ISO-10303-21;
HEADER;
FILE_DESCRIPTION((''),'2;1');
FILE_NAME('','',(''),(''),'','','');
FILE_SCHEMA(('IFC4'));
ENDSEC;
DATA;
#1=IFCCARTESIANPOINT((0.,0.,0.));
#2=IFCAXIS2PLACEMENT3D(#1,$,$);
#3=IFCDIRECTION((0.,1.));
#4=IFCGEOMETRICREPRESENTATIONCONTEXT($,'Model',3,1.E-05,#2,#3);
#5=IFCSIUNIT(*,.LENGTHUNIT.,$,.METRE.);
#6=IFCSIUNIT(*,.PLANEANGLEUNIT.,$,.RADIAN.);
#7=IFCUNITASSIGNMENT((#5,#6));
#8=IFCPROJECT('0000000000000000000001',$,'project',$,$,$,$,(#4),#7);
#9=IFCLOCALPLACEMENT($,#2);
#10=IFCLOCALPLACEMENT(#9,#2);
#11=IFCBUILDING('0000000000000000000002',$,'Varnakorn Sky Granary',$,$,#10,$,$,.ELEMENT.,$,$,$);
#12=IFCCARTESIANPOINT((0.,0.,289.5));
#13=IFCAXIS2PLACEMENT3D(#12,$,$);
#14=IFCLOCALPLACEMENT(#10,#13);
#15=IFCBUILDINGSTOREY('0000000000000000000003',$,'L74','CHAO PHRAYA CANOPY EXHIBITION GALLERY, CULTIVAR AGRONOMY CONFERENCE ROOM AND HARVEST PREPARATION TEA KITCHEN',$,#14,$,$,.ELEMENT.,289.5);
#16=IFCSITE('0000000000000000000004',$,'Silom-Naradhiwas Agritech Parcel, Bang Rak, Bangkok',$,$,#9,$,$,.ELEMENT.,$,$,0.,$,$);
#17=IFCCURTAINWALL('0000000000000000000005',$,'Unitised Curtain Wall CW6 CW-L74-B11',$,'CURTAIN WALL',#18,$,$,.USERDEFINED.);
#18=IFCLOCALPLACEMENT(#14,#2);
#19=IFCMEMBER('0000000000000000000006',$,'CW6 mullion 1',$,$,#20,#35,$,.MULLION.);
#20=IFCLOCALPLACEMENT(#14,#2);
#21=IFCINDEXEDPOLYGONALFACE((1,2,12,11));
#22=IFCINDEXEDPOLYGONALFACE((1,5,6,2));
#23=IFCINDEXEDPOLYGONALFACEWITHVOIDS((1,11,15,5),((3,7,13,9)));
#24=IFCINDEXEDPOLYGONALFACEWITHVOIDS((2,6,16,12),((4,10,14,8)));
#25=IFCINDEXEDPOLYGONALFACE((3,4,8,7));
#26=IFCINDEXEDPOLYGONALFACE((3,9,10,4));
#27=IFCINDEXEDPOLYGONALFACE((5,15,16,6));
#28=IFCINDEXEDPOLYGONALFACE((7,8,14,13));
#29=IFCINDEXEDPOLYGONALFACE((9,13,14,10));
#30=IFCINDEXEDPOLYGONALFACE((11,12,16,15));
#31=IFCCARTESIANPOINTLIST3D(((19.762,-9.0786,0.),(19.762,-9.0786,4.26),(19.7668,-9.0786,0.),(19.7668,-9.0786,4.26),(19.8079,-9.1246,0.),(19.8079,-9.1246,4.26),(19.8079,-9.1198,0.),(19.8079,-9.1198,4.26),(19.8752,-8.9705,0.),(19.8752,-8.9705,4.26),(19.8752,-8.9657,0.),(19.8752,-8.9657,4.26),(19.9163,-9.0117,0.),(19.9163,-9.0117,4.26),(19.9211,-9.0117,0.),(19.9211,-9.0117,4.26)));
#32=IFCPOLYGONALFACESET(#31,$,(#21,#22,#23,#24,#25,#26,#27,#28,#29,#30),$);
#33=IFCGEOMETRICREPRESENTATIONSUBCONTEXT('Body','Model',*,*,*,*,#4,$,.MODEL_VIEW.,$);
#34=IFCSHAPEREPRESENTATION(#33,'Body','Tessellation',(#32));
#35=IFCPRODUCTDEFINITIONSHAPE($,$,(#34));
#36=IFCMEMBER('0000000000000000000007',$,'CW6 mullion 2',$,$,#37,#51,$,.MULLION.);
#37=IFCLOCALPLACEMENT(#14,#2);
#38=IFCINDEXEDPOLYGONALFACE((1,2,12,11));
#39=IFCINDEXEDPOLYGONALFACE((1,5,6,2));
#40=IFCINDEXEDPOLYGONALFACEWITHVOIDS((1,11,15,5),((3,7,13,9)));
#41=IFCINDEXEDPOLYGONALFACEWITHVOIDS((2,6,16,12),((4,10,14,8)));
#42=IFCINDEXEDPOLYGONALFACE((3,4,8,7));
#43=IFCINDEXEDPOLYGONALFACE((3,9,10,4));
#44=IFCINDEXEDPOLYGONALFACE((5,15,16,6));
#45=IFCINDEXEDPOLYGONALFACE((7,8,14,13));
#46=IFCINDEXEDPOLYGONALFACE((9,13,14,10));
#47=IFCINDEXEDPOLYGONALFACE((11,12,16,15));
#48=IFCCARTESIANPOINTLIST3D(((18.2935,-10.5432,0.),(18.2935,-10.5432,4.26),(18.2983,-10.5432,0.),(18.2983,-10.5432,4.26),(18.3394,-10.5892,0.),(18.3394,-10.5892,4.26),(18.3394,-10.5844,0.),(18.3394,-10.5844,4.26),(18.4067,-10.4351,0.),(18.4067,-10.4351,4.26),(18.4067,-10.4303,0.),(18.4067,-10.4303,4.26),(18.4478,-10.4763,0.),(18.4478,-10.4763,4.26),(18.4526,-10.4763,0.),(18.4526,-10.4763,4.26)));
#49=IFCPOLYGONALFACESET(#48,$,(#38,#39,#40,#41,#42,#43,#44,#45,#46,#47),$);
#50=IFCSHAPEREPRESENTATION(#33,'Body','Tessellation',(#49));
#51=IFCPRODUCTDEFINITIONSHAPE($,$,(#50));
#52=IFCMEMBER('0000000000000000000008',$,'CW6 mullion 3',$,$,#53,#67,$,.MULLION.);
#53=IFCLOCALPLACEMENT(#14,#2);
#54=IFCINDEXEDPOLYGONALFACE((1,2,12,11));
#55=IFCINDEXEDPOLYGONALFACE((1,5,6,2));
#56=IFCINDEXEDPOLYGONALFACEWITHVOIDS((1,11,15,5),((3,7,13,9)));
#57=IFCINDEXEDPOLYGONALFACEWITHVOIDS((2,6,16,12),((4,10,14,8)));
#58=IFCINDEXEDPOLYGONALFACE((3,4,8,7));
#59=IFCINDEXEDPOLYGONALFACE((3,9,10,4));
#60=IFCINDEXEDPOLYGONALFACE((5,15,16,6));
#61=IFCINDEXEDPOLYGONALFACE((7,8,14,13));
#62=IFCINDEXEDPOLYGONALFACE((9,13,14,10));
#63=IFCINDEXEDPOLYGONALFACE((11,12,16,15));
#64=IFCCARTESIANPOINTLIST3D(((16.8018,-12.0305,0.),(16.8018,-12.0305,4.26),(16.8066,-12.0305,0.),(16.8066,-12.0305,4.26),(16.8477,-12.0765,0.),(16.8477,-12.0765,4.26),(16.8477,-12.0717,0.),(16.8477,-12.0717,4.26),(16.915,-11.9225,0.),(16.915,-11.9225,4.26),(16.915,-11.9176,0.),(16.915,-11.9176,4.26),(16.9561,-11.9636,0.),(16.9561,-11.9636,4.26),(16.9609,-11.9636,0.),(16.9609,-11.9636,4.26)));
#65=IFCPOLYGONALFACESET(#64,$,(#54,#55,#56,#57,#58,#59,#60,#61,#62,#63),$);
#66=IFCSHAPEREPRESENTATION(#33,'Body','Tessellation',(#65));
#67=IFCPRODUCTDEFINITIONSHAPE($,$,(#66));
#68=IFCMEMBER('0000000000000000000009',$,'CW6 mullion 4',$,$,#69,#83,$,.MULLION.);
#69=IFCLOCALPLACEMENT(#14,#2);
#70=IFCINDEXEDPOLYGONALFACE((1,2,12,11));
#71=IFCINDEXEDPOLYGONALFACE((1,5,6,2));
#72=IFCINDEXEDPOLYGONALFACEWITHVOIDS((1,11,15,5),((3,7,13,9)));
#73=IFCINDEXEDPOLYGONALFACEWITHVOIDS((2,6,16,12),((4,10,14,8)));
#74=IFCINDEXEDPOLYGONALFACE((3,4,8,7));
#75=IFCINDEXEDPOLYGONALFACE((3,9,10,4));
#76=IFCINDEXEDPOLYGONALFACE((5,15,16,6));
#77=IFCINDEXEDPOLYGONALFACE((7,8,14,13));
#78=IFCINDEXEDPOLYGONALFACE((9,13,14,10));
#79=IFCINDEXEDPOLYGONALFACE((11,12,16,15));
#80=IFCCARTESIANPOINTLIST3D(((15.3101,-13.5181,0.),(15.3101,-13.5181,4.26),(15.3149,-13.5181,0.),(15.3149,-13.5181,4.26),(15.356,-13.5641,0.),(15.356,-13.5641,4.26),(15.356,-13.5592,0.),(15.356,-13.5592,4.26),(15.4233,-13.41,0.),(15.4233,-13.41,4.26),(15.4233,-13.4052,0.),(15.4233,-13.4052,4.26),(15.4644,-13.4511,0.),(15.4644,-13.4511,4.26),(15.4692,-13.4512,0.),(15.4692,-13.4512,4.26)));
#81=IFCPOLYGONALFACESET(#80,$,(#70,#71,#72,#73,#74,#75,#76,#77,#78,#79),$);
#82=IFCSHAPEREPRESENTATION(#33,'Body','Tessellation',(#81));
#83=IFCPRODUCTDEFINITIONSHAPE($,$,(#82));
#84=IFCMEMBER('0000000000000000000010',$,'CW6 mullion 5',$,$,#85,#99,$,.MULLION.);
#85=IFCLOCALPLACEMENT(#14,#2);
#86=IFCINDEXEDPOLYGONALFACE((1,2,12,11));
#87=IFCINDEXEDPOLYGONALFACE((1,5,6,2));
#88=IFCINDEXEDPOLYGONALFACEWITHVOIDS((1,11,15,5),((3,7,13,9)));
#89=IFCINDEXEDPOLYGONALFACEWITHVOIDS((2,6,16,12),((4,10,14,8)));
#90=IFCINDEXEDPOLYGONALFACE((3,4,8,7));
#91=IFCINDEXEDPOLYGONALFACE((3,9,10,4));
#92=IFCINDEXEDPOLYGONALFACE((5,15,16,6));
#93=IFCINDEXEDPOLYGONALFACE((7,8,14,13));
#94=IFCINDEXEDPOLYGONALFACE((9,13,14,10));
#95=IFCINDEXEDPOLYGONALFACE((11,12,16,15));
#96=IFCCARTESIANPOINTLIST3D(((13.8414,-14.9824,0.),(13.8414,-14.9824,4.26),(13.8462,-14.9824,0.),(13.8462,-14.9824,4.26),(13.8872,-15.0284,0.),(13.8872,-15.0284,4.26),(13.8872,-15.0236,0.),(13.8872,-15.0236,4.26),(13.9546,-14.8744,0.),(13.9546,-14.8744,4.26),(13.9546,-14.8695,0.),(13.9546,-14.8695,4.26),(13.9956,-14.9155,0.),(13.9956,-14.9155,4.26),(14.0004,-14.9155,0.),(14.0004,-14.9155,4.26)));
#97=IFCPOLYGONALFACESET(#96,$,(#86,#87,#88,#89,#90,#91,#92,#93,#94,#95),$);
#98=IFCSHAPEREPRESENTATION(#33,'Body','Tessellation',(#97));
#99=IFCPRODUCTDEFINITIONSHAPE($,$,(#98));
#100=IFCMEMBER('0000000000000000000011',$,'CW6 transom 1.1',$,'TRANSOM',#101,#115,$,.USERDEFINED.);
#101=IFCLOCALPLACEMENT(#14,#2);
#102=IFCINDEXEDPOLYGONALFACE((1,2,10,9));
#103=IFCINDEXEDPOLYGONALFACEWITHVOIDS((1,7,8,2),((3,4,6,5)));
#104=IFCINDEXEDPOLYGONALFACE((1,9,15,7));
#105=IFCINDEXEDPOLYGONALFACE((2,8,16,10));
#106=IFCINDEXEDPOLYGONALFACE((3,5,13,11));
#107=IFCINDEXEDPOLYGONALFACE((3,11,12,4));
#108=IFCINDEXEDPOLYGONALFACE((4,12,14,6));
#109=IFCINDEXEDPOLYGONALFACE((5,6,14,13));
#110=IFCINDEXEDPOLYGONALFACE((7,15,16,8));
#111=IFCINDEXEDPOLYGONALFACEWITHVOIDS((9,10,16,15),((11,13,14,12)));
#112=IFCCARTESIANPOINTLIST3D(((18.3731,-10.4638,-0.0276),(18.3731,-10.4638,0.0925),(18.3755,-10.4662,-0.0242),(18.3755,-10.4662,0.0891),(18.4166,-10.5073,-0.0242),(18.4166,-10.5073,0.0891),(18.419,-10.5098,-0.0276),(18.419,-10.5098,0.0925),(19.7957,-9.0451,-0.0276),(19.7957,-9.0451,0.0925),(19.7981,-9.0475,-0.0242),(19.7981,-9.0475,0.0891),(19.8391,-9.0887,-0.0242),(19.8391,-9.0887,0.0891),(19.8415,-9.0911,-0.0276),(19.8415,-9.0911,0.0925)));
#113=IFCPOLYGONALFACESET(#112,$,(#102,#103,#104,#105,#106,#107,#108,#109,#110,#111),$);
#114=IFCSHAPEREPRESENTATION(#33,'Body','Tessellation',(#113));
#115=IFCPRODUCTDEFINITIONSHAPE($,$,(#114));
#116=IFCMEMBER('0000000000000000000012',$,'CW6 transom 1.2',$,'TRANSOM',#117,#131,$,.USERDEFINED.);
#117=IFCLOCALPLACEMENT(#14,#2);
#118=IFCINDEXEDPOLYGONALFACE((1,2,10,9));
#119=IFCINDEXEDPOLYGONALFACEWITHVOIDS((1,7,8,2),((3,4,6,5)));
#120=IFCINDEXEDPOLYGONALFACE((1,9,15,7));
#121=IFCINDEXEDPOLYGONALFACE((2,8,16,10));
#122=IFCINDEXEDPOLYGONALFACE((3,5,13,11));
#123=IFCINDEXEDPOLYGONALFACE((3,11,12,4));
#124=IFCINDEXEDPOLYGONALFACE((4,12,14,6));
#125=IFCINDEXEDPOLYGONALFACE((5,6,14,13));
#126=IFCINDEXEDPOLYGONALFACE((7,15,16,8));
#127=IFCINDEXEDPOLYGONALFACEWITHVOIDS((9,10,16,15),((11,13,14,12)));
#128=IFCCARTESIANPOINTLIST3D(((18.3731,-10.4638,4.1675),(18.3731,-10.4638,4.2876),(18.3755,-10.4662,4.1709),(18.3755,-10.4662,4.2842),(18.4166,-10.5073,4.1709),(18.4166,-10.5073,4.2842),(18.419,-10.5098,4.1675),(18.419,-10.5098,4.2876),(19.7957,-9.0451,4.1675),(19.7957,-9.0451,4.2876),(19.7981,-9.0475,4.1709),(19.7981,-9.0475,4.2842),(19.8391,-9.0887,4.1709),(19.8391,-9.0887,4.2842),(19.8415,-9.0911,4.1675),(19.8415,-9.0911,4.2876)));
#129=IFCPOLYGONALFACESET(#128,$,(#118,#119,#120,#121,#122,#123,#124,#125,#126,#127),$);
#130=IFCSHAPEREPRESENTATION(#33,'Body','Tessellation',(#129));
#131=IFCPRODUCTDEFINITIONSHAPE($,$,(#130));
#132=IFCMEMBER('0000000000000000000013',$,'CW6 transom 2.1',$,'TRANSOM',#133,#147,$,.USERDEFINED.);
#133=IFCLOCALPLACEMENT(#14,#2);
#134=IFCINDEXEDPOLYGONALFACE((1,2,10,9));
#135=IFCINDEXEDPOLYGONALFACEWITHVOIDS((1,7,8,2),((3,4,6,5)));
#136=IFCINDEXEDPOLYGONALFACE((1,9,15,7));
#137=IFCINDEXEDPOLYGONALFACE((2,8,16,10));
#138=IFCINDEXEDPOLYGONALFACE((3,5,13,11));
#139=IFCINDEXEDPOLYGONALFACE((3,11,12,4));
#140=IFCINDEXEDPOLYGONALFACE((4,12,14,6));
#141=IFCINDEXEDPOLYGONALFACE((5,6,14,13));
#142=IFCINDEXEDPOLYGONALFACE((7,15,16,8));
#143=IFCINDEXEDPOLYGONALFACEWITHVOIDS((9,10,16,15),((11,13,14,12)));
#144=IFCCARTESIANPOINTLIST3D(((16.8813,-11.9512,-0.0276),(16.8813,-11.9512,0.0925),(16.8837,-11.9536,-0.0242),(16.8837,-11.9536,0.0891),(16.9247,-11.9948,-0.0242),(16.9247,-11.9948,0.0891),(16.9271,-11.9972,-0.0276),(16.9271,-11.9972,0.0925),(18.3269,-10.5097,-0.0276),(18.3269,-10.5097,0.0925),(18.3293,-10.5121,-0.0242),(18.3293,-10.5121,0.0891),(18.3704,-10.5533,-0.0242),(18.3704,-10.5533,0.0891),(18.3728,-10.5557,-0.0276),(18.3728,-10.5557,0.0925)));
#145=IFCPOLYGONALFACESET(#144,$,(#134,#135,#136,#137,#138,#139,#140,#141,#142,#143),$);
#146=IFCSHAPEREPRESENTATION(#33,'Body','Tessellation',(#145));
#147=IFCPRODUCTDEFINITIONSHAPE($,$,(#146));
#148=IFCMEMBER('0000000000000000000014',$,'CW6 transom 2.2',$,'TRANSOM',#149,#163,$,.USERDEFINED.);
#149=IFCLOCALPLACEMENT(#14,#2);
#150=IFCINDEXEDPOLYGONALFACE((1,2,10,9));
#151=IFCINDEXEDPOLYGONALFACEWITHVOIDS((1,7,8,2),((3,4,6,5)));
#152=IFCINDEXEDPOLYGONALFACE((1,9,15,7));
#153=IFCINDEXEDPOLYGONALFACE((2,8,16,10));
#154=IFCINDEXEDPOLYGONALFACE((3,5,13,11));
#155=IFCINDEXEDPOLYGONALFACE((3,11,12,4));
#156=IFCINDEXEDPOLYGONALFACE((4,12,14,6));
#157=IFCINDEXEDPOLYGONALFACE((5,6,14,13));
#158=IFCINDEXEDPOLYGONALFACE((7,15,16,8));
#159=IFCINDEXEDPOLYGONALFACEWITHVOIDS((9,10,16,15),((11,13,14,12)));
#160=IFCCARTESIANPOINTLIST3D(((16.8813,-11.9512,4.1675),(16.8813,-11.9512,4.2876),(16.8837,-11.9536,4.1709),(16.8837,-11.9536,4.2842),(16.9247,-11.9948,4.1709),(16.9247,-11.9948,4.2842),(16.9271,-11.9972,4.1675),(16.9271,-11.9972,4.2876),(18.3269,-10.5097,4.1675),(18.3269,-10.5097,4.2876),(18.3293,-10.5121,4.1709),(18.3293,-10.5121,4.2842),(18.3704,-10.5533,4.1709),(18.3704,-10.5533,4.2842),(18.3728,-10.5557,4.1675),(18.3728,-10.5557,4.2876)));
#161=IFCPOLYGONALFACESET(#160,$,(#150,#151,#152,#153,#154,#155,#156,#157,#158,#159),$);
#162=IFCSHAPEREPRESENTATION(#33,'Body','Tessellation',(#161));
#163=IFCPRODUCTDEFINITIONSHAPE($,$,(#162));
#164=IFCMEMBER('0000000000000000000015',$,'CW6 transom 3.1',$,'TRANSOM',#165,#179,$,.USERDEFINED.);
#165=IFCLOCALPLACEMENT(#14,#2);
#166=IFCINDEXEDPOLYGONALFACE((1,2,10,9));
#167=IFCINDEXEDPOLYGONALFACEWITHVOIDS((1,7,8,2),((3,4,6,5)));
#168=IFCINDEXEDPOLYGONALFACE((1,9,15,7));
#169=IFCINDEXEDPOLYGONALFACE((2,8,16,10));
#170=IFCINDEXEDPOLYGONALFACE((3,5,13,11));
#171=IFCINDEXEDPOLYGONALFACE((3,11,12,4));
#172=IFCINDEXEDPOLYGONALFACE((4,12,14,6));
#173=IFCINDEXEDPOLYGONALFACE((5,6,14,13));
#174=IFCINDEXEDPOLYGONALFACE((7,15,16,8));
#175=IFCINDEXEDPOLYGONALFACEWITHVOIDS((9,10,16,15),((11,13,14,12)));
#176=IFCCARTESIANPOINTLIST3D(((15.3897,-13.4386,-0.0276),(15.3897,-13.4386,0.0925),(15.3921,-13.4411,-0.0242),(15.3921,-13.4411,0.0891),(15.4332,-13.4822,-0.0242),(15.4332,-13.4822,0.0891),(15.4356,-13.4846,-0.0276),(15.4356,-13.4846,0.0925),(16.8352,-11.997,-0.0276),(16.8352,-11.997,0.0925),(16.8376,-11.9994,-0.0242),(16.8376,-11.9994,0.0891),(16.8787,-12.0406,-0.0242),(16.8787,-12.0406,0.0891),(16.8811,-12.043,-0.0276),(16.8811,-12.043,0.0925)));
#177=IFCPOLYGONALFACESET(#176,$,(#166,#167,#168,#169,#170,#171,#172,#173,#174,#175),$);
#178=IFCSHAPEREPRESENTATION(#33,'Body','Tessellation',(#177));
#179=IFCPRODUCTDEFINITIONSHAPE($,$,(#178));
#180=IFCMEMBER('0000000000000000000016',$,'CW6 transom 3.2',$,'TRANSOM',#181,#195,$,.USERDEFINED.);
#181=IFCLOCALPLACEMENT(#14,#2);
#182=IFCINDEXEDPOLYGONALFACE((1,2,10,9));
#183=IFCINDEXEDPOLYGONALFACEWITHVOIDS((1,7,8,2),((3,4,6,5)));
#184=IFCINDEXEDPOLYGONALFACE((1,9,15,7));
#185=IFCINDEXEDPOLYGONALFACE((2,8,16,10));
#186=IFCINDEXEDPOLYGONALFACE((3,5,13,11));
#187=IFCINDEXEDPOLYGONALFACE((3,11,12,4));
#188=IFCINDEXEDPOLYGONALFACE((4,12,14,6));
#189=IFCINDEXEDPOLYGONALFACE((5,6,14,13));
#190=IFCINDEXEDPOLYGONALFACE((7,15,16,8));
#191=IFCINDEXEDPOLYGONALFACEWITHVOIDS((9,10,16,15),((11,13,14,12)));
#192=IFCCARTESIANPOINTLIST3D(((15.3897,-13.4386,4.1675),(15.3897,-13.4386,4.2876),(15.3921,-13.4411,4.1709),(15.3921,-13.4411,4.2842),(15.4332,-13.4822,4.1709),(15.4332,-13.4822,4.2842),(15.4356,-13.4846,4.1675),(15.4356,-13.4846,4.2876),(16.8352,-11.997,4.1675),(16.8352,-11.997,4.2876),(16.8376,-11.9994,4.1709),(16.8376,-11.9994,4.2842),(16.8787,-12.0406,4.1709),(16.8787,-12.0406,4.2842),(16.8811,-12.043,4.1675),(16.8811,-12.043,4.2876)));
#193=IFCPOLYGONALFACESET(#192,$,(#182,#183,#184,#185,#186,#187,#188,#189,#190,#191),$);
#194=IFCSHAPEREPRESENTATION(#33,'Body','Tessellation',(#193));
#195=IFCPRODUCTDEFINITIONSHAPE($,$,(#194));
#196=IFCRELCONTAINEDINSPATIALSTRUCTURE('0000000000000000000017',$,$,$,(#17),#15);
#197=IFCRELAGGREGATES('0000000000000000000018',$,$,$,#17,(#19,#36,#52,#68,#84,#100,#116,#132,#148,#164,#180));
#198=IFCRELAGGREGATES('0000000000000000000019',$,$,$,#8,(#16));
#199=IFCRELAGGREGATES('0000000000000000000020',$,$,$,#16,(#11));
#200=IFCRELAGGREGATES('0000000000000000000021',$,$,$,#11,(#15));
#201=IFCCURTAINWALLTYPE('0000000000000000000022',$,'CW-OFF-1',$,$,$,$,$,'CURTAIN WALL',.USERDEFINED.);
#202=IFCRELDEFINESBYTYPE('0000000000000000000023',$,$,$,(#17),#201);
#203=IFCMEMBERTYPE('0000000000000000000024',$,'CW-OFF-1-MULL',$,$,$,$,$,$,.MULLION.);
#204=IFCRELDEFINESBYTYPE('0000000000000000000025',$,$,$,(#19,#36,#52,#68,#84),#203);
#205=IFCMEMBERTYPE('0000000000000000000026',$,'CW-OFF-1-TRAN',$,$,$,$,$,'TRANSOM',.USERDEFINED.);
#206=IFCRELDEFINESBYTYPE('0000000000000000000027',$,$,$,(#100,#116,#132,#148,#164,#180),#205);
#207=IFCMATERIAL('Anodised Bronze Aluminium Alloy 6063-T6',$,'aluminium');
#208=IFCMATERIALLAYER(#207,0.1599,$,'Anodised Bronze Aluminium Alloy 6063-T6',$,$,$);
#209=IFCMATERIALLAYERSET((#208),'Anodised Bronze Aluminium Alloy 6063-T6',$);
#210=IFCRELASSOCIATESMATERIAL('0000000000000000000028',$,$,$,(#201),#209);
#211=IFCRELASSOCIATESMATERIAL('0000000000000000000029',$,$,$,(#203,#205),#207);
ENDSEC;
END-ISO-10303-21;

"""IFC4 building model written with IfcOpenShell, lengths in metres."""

from ifc_helpers import new_model, si_unit, direction, frame, origin, origin_2d, place, context, subcontext, project, spatial, hollow_rectangle, extrude, material, layer, layer_set, material_profile, profile_set, type_object, element, aggregate, save


model = new_model("IFC4")

# Units and contexts
model_context = context("Model", 3, precision=1e-05, world=origin(), true_north=direction((0.0, 1.0)))
body_context = subcontext(model_context, "Body", "Model", "MODEL_VIEW")
ifc_project = project(units=[si_unit("LENGTHUNIT", "METRE"), si_unit("PLANEANGLEUNIT", "RADIAN")], contexts=[model_context])

# Site, building, storey
site_placement = place(None, origin())
site = spatial("IfcSite", under=ifc_project, at=site_placement, Name="Silom-Naradhiwas Agritech Parcel, Bang Rak, Bangkok", CompositionType="ELEMENT", RefElevation=0.0)
building_placement = place(site_placement, origin())
building = spatial("IfcBuilding", under=site, at=building_placement, Name="Varnakorn Sky Granary", CompositionType="ELEMENT")
storey_placement = place(building_placement, frame((0.0, 0.0, 289.5)))
storey = spatial("IfcBuildingStorey", under=building, at=storey_placement, Name="L74", Description="CHAO PHRAYA CANOPY EXHIBITION GALLERY, CULTIVAR AGRONOMY CONFERENCE ROOM AND HARVEST PREPARATION TEA KITCHEN", CompositionType="ELEMENT", Elevation=289.5)

# Shared definitions
ifc_material_1 = material(Name="Anodised Bronze Aluminium Alloy 6063-T6", Category="aluminium")
ifc_layer_1 = layer(ifc_material_1, 0.1599, Name="Anodised Bronze Aluminium Alloy 6063-T6")
ifc_layer_set_1 = layer_set([ifc_layer_1], Name="Anodised Bronze Aluminium Alloy 6063-T6")
curtain_wall_type = type_object("IfcCurtainWallType", Name="CW-OFF-1", ElementType="CURTAIN WALL", PredefinedType="USERDEFINED", material=ifc_layer_set_1)
ifc_material_profile_1 = material_profile(ifc_material_1, hollow_rectangle(XDim=0.0649, YDim=0.1599, WallThickness=0.0034, at=origin_2d()), Name="ALU MULL 65x160")
ifc_profile_set_1 = profile_set([ifc_material_profile_1], Name="Anodised Bronze Aluminium Alloy 6063-T6")
member_type_1 = type_object("IfcMemberType", Name="CW-OFF-1-MULL", PredefinedType="MULLION", material=ifc_profile_set_1)

# Curtain wall, members
curtain_wall_1_placement = place(storey_placement, origin())
curtain_wall_1 = element("IfcCurtainWall", 1, at=curtain_wall_1_placement, inside=storey, type_object=curtain_wall_type, Name="Unitised Curtain Wall CW6 CW-L74-B11", ObjectType="CURTAIN WALL", PredefinedType="USERDEFINED")
member_1_placement = place(storey_placement, frame((19.8416, -9.0452, 0.0), z_axis=(0.0, 0.0, 1.0), x_axis=(0.706103, -0.708109, 0.0)))
member_1 = element("IfcMember", 2, at=member_1_placement, type_object=member_type_1, Name="CW6 mullion 1", PredefinedType="MULLION", context=body_context, shape_type="SweptSolid", body=[
    extrude(hollow_rectangle(XDim=0.0649, YDim=0.1599, WallThickness=0.0034, at=origin_2d()), origin(), (0.0, 0.0, 1.0), 4.26),
])
member_2_placement = place(storey_placement, frame((18.373, -10.5098, 0.0), z_axis=(0.0, 0.0, 1.0), x_axis=(0.706103, -0.708109, 0.0)))
member_2 = element("IfcMember", 3, at=member_2_placement, type_object=member_type_1, Name="CW6 mullion 2", PredefinedType="MULLION", context=body_context, shape_type="SweptSolid", body=[
    extrude(hollow_rectangle(XDim=0.0649, YDim=0.1599, WallThickness=0.0034, at=origin_2d()), origin(), (0.0, 0.0, 1.0), 4.26),
])
member_3_placement = place(storey_placement, frame((16.8813, -11.9971, 0.0), z_axis=(0.0, 0.0, 1.0), x_axis=(0.706103, -0.708109, 0.0)))
member_3 = element("IfcMember", 4, at=member_3_placement, type_object=member_type_1, Name="CW6 mullion 3", PredefinedType="MULLION", context=body_context, shape_type="SweptSolid", body=[
    extrude(hollow_rectangle(XDim=0.0649, YDim=0.1599, WallThickness=0.0034, at=origin_2d()), origin(), (0.0, 0.0, 1.0), 4.26),
])
member_4_placement = place(storey_placement, frame((15.3896, -13.4846, 0.0), z_axis=(0.0, 0.0, 1.0), x_axis=(0.706103, -0.708109, 0.0)))
member_4 = element("IfcMember", 5, at=member_4_placement, type_object=member_type_1, Name="CW6 mullion 4", PredefinedType="MULLION", context=body_context, shape_type="SweptSolid", body=[
    extrude(hollow_rectangle(XDim=0.0649, YDim=0.1599, WallThickness=0.0034, at=origin_2d()), origin(), (0.0, 0.0, 1.0), 4.26),
])
member_5_placement = place(storey_placement, frame((13.9209, -14.949, 0.0), z_axis=(0.0, 0.0, 1.0), x_axis=(0.706103, -0.708109, 0.0)))
member_5 = element("IfcMember", 6, at=member_5_placement, type_object=member_type_1, Name="CW6 mullion 5", PredefinedType="MULLION", context=body_context, shape_type="SweptSolid", body=[
    extrude(hollow_rectangle(XDim=0.0649, YDim=0.1599, WallThickness=0.0034, at=origin_2d()), origin(), (0.0, 0.0, 1.0), 4.26),
])
ifc_material_profile_2 = material_profile(ifc_material_1, hollow_rectangle(XDim=0.0649, YDim=0.1201, WallThickness=0.0034, at=origin_2d()), Name="ALU TRAN 65x120")
ifc_profile_set_2 = profile_set([ifc_material_profile_2], Name="Anodised Bronze Aluminium Alloy 6063-T6")
member_type_2 = type_object("IfcMemberType", Name="CW-OFF-1-TRAN", ElementType="TRANSOM", PredefinedType="USERDEFINED", material=ifc_profile_set_2)
member_6_placement = place(storey_placement, frame((19.8186, -9.0681, 0.0325), z_axis=(-0.708078, -0.706134, 0.0), x_axis=(0.706134, -0.708078, 0.0)))
member_6 = element("IfcMember", 7, at=member_6_placement, type_object=member_type_2, Name="CW6 transom 1.1", ObjectType="TRANSOM", PredefinedType="USERDEFINED", context=body_context, shape_type="SweptSolid", body=[
    extrude(hollow_rectangle(XDim=0.0649, YDim=0.1201, WallThickness=0.0034, at=origin_2d()), origin(), (0.0, 0.0, 1.0), 2.009),
])
member_7_placement = place(storey_placement, frame((19.8186, -9.0681, 4.2275), z_axis=(-0.708078, -0.706134, 0.0), x_axis=(0.706134, -0.708078, 0.0)))
member_7 = element("IfcMember", 8, at=member_7_placement, type_object=member_type_2, Name="CW6 transom 1.2", ObjectType="TRANSOM", PredefinedType="USERDEFINED", context=body_context, shape_type="SweptSolid", body=[
    extrude(hollow_rectangle(XDim=0.0649, YDim=0.1201, WallThickness=0.0034, at=origin_2d()), origin(), (0.0, 0.0, 1.0), 2.009),
])
member_8_placement = place(storey_placement, frame((18.3499, -10.5327, 0.0325), z_axis=(-0.708123, -0.706089, 0.0), x_axis=(0.706089, -0.708123, 0.0)))
member_8 = element("IfcMember", 9, at=member_8_placement, type_object=member_type_2, Name="CW6 transom 2.1", ObjectType="TRANSOM", PredefinedType="USERDEFINED", context=body_context, shape_type="SweptSolid", body=[
    extrude(hollow_rectangle(XDim=0.0649, YDim=0.1201, WallThickness=0.0034, at=origin_2d()), origin(), (0.0, 0.0, 1.0), 2.0415),
])
member_9_placement = place(storey_placement, frame((18.3499, -10.5327, 4.2275), z_axis=(-0.708123, -0.706089, 0.0), x_axis=(0.706089, -0.708123, 0.0)))
member_9 = element("IfcMember", 10, at=member_9_placement, type_object=member_type_2, Name="CW6 transom 2.2", ObjectType="TRANSOM", PredefinedType="USERDEFINED", context=body_context, shape_type="SweptSolid", body=[
    extrude(hollow_rectangle(XDim=0.0649, YDim=0.1201, WallThickness=0.0034, at=origin_2d()), origin(), (0.0, 0.0, 1.0), 2.0415),
])
member_10_placement = place(storey_placement, frame((16.8582, -12.02, 0.0325), z_axis=(-0.708063, -0.706149, 0.0), x_axis=(0.706149, -0.708063, 0.0)))
member_10 = element("IfcMember", 11, at=member_10_placement, type_object=member_type_2, Name="CW6 transom 3.1", ObjectType="TRANSOM", PredefinedType="USERDEFINED", context=body_context, shape_type="SweptSolid", body=[
    extrude(hollow_rectangle(XDim=0.0649, YDim=0.1201, WallThickness=0.0034, at=origin_2d()), origin(), (0.0, 0.0, 1.0), 2.0415),
])
member_11_placement = place(storey_placement, frame((16.8582, -12.02, 4.2275), z_axis=(-0.708063, -0.706149, 0.0), x_axis=(0.706149, -0.708063, 0.0)))
member_11 = element("IfcMember", 12, at=member_11_placement, type_object=member_type_2, Name="CW6 transom 3.2", ObjectType="TRANSOM", PredefinedType="USERDEFINED", context=body_context, shape_type="SweptSolid", body=[
    extrude(hollow_rectangle(XDim=0.0649, YDim=0.1201, WallThickness=0.0034, at=origin_2d()), origin(), (0.0, 0.0, 1.0), 2.0415),
])

aggregate(curtain_wall_1, [member_1, member_2, member_3, member_4, member_5, member_6, member_7, member_8, member_9, member_10, member_11])

save(model, "model.ifc")
